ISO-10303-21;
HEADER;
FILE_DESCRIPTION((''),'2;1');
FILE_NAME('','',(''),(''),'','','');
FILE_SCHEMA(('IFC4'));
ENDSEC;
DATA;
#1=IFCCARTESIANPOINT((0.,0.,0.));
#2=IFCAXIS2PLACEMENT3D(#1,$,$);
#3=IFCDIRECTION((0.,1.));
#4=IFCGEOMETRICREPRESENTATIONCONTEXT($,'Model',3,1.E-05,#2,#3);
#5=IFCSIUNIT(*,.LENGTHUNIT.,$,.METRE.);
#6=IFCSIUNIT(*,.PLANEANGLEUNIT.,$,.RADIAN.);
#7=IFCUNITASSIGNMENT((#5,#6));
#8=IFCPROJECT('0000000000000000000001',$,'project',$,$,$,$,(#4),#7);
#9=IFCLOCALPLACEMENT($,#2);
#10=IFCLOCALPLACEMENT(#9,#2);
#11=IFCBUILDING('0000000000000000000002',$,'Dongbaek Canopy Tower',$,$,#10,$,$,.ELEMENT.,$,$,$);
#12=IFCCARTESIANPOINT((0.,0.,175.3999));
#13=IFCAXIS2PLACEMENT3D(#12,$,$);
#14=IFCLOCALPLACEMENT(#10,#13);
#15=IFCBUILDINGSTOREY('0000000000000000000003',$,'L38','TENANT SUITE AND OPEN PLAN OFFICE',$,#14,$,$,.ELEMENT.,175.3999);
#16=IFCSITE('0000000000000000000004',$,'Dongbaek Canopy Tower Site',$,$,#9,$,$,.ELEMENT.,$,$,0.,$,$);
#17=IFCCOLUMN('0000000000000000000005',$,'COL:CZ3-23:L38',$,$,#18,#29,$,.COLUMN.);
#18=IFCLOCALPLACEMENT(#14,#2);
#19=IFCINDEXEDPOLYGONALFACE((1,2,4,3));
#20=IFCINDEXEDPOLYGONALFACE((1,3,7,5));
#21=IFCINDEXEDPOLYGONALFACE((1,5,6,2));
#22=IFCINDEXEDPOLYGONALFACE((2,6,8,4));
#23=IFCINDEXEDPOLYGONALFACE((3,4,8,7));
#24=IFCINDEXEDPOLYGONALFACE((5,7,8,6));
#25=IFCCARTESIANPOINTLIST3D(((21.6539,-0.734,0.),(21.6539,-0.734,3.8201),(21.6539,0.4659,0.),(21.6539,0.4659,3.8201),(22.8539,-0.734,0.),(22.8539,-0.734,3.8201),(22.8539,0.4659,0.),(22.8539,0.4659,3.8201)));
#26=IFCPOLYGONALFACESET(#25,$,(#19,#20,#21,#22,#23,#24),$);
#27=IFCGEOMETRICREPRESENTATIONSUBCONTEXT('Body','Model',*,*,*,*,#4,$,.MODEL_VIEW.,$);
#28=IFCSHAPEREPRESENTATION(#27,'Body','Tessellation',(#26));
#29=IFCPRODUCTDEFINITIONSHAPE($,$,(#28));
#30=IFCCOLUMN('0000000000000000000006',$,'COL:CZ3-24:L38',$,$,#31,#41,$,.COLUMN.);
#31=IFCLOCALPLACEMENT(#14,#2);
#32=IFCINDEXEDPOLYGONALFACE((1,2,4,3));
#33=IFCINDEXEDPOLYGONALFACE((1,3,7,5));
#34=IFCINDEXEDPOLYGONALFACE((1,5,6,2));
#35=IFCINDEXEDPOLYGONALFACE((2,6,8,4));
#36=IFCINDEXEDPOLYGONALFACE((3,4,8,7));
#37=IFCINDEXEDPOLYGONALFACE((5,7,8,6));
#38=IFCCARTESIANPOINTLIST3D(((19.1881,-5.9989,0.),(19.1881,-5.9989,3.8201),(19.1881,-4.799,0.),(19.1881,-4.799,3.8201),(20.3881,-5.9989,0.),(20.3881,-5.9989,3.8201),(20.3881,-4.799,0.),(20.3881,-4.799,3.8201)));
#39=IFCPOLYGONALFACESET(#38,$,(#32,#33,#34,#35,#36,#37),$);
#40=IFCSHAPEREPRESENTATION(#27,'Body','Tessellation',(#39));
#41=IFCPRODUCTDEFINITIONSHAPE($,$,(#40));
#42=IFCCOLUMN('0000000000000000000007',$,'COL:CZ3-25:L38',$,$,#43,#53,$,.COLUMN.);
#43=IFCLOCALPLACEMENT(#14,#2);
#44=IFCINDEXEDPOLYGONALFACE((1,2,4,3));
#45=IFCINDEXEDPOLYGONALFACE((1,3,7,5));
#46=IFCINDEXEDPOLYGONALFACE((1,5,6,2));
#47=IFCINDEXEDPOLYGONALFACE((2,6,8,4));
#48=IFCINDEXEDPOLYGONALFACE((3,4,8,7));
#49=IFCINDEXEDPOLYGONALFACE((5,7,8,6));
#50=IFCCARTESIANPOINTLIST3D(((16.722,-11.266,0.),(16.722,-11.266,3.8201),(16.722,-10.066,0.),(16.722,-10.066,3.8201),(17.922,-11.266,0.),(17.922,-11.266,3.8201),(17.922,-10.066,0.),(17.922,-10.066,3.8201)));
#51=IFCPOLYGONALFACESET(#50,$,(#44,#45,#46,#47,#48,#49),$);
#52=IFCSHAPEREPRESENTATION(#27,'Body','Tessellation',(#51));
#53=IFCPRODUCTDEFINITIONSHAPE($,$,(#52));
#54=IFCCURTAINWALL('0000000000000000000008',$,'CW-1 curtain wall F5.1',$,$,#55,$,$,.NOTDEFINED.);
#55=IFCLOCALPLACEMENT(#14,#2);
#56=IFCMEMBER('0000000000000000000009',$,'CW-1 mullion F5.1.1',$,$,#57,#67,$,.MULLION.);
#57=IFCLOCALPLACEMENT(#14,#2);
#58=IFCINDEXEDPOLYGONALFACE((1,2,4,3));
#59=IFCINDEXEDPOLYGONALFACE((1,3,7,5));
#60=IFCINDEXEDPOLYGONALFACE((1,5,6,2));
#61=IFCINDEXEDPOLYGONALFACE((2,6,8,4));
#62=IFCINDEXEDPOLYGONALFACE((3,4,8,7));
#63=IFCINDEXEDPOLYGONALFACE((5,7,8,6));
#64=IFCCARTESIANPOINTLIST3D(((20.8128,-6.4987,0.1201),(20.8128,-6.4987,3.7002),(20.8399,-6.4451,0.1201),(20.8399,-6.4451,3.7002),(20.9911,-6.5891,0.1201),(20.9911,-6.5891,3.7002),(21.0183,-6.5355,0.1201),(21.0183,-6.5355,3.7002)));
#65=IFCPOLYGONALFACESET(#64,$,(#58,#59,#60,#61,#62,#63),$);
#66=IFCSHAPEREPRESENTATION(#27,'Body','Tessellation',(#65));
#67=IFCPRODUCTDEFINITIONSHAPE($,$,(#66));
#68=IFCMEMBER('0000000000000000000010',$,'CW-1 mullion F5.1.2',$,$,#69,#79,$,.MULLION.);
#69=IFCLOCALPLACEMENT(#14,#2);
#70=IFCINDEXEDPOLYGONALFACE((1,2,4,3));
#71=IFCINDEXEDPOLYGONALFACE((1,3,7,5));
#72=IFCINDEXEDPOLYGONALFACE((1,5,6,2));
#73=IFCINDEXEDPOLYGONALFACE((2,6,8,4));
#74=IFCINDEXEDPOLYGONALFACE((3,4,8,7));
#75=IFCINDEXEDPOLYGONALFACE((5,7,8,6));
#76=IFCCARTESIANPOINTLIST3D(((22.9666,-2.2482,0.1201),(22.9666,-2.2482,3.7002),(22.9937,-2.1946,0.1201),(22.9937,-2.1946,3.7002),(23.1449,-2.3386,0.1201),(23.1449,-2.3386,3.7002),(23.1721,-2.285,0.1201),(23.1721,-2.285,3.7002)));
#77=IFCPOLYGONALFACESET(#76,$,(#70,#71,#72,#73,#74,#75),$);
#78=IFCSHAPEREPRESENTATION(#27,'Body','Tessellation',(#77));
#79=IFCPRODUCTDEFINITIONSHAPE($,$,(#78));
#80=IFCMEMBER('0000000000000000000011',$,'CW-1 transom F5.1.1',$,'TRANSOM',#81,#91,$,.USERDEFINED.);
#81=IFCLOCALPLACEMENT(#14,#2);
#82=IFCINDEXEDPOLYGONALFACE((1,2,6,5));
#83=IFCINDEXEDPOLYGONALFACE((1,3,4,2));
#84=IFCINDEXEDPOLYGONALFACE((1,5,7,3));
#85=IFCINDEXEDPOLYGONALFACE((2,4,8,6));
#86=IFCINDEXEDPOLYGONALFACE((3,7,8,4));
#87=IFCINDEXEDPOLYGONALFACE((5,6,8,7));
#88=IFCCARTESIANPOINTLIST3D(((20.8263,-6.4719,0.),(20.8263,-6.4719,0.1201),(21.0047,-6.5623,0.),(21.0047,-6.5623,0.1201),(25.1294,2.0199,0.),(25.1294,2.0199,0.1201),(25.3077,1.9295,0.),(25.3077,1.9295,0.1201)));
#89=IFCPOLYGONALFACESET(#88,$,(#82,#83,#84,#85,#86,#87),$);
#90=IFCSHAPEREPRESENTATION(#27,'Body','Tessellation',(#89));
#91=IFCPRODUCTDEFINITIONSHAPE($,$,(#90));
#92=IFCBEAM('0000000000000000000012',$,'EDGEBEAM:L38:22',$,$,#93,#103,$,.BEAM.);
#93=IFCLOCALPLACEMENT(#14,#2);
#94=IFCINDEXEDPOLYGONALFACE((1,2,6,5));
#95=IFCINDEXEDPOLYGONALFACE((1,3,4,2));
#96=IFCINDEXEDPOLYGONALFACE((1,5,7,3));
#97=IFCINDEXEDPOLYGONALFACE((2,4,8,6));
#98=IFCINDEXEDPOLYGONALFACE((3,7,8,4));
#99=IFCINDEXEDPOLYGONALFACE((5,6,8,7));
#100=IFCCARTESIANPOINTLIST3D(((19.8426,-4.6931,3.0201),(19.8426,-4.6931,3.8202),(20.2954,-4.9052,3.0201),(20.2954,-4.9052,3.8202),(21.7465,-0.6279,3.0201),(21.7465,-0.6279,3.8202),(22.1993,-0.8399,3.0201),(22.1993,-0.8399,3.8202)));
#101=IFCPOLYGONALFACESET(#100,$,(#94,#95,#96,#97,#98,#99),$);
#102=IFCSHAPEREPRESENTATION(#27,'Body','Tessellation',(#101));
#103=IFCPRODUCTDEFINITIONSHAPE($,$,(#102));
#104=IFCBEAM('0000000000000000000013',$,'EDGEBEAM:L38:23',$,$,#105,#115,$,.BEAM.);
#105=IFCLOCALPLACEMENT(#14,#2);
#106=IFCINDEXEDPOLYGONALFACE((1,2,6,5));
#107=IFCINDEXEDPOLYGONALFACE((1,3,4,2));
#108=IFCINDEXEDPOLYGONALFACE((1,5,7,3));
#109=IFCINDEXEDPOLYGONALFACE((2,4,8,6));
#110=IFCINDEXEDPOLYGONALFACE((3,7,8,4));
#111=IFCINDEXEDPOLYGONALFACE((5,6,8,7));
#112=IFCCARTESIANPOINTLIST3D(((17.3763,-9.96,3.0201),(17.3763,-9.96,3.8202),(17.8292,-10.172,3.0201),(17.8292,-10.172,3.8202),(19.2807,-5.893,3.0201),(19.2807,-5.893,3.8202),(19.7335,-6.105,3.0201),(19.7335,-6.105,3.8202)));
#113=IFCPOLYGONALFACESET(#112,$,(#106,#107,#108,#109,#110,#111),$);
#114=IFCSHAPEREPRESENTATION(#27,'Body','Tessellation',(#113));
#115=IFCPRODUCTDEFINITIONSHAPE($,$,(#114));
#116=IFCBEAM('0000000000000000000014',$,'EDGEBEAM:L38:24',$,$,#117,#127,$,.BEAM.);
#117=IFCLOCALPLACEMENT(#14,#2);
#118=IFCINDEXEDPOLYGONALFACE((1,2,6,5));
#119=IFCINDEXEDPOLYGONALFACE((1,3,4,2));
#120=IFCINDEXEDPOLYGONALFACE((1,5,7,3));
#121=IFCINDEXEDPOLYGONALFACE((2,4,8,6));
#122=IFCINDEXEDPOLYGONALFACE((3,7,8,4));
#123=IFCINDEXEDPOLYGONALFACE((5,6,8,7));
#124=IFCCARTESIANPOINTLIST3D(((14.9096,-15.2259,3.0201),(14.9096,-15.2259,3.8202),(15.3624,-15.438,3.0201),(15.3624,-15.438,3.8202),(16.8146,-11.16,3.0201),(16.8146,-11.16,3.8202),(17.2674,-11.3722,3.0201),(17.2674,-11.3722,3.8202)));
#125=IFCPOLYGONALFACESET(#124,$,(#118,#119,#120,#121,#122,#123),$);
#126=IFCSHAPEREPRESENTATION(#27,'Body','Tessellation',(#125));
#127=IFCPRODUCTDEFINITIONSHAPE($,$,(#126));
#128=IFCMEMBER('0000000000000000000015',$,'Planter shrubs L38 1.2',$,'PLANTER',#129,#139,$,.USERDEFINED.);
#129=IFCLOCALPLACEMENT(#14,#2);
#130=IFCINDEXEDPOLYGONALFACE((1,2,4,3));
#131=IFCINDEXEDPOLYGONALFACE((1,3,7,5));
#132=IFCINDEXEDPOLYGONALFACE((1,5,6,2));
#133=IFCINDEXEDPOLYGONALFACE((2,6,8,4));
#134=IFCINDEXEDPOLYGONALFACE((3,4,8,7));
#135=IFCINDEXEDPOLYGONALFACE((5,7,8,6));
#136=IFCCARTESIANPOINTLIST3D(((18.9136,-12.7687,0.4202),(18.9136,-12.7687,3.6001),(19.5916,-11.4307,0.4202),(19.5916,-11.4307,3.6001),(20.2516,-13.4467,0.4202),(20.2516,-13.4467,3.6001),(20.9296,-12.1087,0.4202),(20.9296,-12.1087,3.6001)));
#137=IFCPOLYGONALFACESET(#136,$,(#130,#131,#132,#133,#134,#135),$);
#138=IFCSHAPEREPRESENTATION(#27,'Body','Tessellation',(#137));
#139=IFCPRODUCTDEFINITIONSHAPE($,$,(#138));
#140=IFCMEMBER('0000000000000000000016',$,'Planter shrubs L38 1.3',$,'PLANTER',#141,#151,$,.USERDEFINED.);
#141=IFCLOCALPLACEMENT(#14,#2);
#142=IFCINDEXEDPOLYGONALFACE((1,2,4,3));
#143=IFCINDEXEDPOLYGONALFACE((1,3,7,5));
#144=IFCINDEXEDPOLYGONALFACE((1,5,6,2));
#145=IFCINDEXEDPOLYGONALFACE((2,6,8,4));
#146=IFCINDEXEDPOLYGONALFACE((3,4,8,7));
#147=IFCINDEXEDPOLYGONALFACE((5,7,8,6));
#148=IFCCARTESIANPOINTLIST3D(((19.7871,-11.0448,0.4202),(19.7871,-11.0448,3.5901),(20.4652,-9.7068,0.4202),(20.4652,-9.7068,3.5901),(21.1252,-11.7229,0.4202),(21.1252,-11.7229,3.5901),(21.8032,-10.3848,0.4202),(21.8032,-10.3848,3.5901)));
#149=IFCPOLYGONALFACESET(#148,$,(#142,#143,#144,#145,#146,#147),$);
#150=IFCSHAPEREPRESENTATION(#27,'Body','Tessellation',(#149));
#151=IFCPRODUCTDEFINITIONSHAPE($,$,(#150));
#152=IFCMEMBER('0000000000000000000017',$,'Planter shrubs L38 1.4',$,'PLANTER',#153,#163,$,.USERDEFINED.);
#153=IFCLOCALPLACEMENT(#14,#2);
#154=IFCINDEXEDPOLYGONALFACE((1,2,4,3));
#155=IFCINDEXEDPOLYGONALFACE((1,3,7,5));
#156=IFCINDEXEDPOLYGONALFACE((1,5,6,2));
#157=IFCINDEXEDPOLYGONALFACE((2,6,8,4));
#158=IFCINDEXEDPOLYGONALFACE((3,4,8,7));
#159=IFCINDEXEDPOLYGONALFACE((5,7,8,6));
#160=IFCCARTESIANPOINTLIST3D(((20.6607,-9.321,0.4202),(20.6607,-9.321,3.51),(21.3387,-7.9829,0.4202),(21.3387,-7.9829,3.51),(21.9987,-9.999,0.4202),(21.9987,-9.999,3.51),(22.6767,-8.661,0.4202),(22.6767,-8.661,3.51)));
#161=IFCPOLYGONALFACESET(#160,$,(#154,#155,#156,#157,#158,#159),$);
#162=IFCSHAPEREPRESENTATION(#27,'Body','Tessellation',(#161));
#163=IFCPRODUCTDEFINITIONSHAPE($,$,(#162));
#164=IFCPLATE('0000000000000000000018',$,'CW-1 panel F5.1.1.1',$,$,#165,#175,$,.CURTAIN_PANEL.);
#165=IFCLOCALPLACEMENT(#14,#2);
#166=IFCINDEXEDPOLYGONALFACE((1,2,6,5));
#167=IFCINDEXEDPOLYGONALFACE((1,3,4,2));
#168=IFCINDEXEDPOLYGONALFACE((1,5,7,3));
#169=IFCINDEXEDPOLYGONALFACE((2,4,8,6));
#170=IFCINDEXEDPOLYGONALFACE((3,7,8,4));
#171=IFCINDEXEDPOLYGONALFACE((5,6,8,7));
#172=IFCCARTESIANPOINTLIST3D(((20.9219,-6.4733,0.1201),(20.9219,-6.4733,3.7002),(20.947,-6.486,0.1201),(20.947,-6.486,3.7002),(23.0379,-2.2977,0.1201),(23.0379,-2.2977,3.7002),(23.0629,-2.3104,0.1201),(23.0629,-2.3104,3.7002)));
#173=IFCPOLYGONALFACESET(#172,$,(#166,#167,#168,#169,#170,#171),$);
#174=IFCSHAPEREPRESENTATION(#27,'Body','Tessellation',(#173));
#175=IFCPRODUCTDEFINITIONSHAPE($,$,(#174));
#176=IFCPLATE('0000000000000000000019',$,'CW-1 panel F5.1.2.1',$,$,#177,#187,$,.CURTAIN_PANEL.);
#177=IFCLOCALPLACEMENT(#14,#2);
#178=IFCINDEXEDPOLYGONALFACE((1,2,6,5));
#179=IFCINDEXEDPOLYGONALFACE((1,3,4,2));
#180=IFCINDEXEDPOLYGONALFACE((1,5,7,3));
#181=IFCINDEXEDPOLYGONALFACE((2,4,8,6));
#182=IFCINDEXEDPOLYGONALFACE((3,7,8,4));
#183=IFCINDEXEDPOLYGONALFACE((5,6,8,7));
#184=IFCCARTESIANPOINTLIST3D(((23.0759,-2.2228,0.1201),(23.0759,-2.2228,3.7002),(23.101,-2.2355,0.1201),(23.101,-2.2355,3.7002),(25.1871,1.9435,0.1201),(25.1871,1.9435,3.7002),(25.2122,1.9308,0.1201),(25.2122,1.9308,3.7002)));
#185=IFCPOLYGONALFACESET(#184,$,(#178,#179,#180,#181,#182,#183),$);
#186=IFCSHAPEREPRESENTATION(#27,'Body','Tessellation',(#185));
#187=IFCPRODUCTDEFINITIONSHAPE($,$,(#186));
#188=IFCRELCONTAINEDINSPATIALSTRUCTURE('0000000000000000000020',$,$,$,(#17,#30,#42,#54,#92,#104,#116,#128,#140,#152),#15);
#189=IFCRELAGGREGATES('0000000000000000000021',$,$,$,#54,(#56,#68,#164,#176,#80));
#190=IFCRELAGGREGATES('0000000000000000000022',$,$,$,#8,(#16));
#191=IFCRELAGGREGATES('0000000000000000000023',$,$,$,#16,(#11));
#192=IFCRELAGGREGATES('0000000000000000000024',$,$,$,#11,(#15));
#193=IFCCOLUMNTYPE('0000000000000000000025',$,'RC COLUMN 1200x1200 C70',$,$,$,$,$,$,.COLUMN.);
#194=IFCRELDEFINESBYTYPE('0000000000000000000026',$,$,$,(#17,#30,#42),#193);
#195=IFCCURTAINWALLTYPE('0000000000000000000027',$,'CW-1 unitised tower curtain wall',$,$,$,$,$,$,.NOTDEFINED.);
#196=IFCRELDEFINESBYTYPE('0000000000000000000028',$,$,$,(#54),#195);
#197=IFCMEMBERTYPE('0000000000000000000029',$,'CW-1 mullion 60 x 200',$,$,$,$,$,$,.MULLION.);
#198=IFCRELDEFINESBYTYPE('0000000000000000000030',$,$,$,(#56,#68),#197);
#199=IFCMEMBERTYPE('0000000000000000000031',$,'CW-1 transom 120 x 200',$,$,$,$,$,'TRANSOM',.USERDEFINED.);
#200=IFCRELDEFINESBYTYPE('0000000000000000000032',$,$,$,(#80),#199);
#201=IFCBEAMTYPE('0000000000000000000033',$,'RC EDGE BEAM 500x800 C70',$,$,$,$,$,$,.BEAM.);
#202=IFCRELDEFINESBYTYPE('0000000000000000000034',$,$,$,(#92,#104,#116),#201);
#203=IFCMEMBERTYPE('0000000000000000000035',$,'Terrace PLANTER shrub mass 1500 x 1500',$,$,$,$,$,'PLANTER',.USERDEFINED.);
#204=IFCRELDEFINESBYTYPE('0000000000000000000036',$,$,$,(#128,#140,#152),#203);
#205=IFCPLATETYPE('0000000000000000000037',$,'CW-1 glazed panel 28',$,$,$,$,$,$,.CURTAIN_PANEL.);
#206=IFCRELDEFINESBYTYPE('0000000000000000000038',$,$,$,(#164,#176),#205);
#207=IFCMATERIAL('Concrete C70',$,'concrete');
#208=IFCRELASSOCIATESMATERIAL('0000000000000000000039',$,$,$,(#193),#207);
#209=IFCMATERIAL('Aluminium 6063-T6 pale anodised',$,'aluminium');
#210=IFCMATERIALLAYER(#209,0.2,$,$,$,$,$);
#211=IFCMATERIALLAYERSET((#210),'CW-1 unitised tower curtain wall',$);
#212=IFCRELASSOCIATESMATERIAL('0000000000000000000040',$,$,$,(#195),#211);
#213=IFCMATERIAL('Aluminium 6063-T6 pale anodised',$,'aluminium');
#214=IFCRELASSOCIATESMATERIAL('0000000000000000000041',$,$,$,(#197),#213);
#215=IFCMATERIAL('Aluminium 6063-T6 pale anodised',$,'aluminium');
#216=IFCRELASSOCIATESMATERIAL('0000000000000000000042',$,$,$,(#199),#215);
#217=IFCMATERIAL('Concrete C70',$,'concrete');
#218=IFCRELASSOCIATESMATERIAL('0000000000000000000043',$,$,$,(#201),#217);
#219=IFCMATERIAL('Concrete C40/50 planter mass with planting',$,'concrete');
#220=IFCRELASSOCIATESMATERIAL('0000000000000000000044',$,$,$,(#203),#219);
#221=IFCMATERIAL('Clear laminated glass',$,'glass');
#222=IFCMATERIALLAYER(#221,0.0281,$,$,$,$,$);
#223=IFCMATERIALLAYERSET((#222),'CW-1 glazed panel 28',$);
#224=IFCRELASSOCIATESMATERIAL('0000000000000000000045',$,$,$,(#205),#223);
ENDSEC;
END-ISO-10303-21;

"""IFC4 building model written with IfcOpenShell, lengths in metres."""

from ifc_helpers import new_model, si_unit, direction, frame, origin, origin_2d, place, context, subcontext, project, spatial, rectangle, extrude, material, layer, layer_set, material_profile, profile_set, type_object, element, aggregate, save


model = new_model("IFC4")

# Units and contexts
model_context = context("Model", 3, precision=1e-05, world=origin(), true_north=direction((0.0, 1.0)))
body_context = subcontext(model_context, "Body", "Model", "MODEL_VIEW")
ifc_project = project(units=[si_unit("LENGTHUNIT", "METRE"), si_unit("PLANEANGLEUNIT", "RADIAN")], contexts=[model_context])

# Site, building, storey
site_placement = place(None, origin())
site = spatial("IfcSite", under=ifc_project, at=site_placement, Name="Dongbaek Canopy Tower Site", CompositionType="ELEMENT", RefElevation=0.0)
building_placement = place(site_placement, origin())
building = spatial("IfcBuilding", under=site, at=building_placement, Name="Dongbaek Canopy Tower", CompositionType="ELEMENT")
storey_placement = place(building_placement, frame((0.0, 0.0, 175.3999)))
storey = spatial("IfcBuildingStorey", under=building, at=storey_placement, Name="L38", Description="TENANT SUITE AND OPEN PLAN OFFICE", CompositionType="ELEMENT", Elevation=175.3999)

# Columns
ifc_material_1 = material(Name="Concrete C70", Category="concrete")
ifc_material_profile_1 = material_profile(ifc_material_1, rectangle(XDim=1.2, YDim=1.2, at=origin_2d()), Name="RC COLUMN 1200x1200 C70")
ifc_profile_set_1 = profile_set([ifc_material_profile_1], Name="Concrete C70")
column_type = type_object("IfcColumnType", Name="RC COLUMN 1200x1200 C70", PredefinedType="COLUMN", material=ifc_profile_set_1)
for number, where, z_axis, x_axis, name in (
    (1, (22.2539, -0.134, 0.0), (0.0, 0.0, 1.0), (1.0, 0.0, 0.0), "COL:CZ3-23:L38"),
    (2, (19.7881, -5.3989, 0.0), (0.0, 0.0, 1.0), (1.0, 0.0, 0.0), "COL:CZ3-24:L38"),
    (3, (17.322, -10.666, 0.0), (0.0, 0.0, 1.0), (1.0, 0.0, 0.0), "COL:CZ3-25:L38"),
):
    element("IfcColumn", number, at=place(storey_placement, frame(where, z_axis=z_axis, x_axis=x_axis)), inside=storey, type_object=column_type, Name=name, PredefinedType="COLUMN", context=body_context, shape_type="SweptSolid", body=[
        extrude(rectangle(XDim=1.2, YDim=1.2, at=origin_2d()), origin(), (0.0, 0.0, 1.0), 3.8201),
    ])

# Curtain wall, members
ifc_material_2 = material(Name="Aluminium 6063-T6 pale anodised", Category="aluminium")
ifc_layer_1 = layer(ifc_material_2, 0.2)
ifc_layer_set_1 = layer_set([ifc_layer_1], Name="CW-1 unitised tower curtain wall")
curtain_wall_type = type_object("IfcCurtainWallType", Name="CW-1 unitised tower curtain wall", PredefinedType="NOTDEFINED", material=ifc_layer_set_1)
curtain_wall_placement = place(storey_placement, origin())
curtain_wall = element("IfcCurtainWall", 4, at=curtain_wall_placement, inside=storey, type_object=curtain_wall_type, Name="CW-1 curtain wall F5.1", PredefinedType="NOTDEFINED")
ifc_material_3 = material(Name="Aluminium 6063-T6 pale anodised", Category="aluminium")
ifc_material_profile_2 = material_profile(ifc_material_3, rectangle(XDim=0.2, YDim=0.0601, at=origin_2d()), Name="CW-1 mullion 60 x 200")
ifc_profile_set_2 = profile_set([ifc_material_profile_2], Name="Aluminium 6063-T6 pale anodised")
member_type_1 = type_object("IfcMemberType", Name="CW-1 mullion 60 x 200", PredefinedType="MULLION", material=ifc_profile_set_2)
member_1_placement = place(storey_placement, frame((20.9155, -6.5171, 0.1201), z_axis=(0.0, 0.0, 1.0), x_axis=(0.892013, -0.452009, 0.0)))
member_1 = element("IfcMember", 5, at=member_1_placement, type_object=member_type_1, Name="CW-1 mullion F5.1.1", PredefinedType="MULLION", context=body_context, shape_type="SweptSolid", body=[
    extrude(rectangle(XDim=0.2, YDim=0.0601, at=origin_2d()), origin(), (0.0, 0.0, 1.0), 3.5801),
])
member_2_placement = place(storey_placement, frame((23.0693, -2.2666, 0.1201), z_axis=(0.0, 0.0, 1.0), x_axis=(0.892013, -0.452009, 0.0)))
member_2 = element("IfcMember", 6, at=member_2_placement, type_object=member_type_1, Name="CW-1 mullion F5.1.2", PredefinedType="MULLION", context=body_context, shape_type="SweptSolid", body=[
    extrude(rectangle(XDim=0.2, YDim=0.0601, at=origin_2d()), origin(), (0.0, 0.0, 1.0), 3.5801),
])
ifc_material_4 = material(Name="Aluminium 6063-T6 pale anodised", Category="aluminium")
ifc_material_profile_3 = material_profile(ifc_material_4, rectangle(XDim=0.2, YDim=0.1201, at=origin_2d()), Name="CW-1 transom 120 x 200")
ifc_profile_set_3 = profile_set([ifc_material_profile_3], Name="Aluminium 6063-T6 pale anodised")
member_type_2 = type_object("IfcMemberType", Name="CW-1 transom 120 x 200", ElementType="TRANSOM", PredefinedType="USERDEFINED", material=ifc_profile_set_3)
member_3_placement = place(storey_placement, frame((20.9155, -6.5171, 0.0601), z_axis=(0.452008, 0.892014, 0.0), x_axis=(-0.892014, 0.452008, 0.0)))
member_3 = element("IfcMember", 7, at=member_3_placement, type_object=member_type_2, Name="CW-1 transom F5.1.1", ObjectType="TRANSOM", PredefinedType="USERDEFINED", context=body_context, shape_type="SweptSolid", body=[
    extrude(rectangle(XDim=0.2, YDim=0.1201, at=origin_2d()), origin(), (0.0, 0.0, 1.0), 9.5198),
])

# Beams
ifc_material_5 = material(Name="Concrete C70", Category="concrete")
ifc_material_profile_4 = material_profile(ifc_material_5, rectangle(XDim=0.5, YDim=0.8, at=origin_2d()), Name="RC EDGE BEAM 500x800 C70")
ifc_profile_set_4 = profile_set([ifc_material_profile_4], Name="Concrete C70")
beam_type = type_object("IfcBeamType", Name="RC EDGE BEAM 500x800 C70", PredefinedType="BEAM", material=ifc_profile_set_4)
beam_1_placement = place(storey_placement, frame((21.9729, -0.7339, 3.4202), z_axis=(-0.424115, -0.905608, 0.0), x_axis=(0.905608, -0.424115, 0.0)))
element("IfcBeam", 8, at=beam_1_placement, inside=storey, type_object=beam_type, Name="EDGEBEAM:L38:22", PredefinedType="BEAM", context=body_context, shape_type="SweptSolid", body=[
    extrude(rectangle(XDim=0.5, YDim=0.8, at=origin_2d()), origin(), (0.0, 0.0, 1.0), 4.489),
])
beam_2_placement = place(storey_placement, frame((19.5071, -5.999, 3.4202), z_axis=(-0.424058, -0.905635, 0.0), x_axis=(0.905635, -0.424058, 0.0)))
element("IfcBeam", 9, at=beam_2_placement, inside=storey, type_object=beam_type, Name="EDGEBEAM:L38:23", PredefinedType="BEAM", context=body_context, shape_type="SweptSolid", body=[
    extrude(rectangle(XDim=0.5, YDim=0.8, at=origin_2d()), origin(), (0.0, 0.0, 1.0), 4.4907),
])
beam_3_placement = place(storey_placement, frame((17.041, -11.2661, 3.4202), z_axis=(-0.424275, -0.905533, 0.0), x_axis=(0.905533, -0.424275, 0.0)))
element("IfcBeam", 10, at=beam_3_placement, inside=storey, type_object=beam_type, Name="EDGEBEAM:L38:24", PredefinedType="BEAM", context=body_context, shape_type="SweptSolid", body=[
    extrude(rectangle(XDim=0.5, YDim=0.8, at=origin_2d()), origin(), (0.0, 0.0, 1.0), 4.49),
])

# Members
ifc_material_6 = material(Name="Concrete C40/50 planter mass with planting", Category="concrete")
ifc_material_profile_5 = material_profile(ifc_material_6, rectangle(XDim=1.5, YDim=1.5, at=origin_2d()), Name="Terrace PLANTER shrub mass 1500 x 1500")
ifc_profile_set_5 = profile_set([ifc_material_profile_5], Name="Concrete C40/50 planter mass with planting")
member_type_3 = type_object("IfcMemberType", Name="Terrace PLANTER shrub mass 1500 x 1500", ElementType="PLANTER", PredefinedType="USERDEFINED", material=ifc_profile_set_5)
member_4_placement = place(storey_placement, frame((19.9216, -12.4387, 0.4202), z_axis=(0.0, 0.0, 1.0), x_axis=(0.892013, -0.452009, 0.0)))
element("IfcMember", 11, at=member_4_placement, inside=storey, type_object=member_type_3, Name="Planter shrubs L38 1.2", ObjectType="PLANTER", PredefinedType="USERDEFINED", context=body_context, shape_type="SweptSolid", body=[
    extrude(rectangle(XDim=1.5, YDim=1.5, at=origin_2d()), origin(), (0.0, 0.0, 1.0), 3.1799),
])
member_5_placement = place(storey_placement, frame((20.7952, -10.7148, 0.4202), z_axis=(0.0, 0.0, 1.0), x_axis=(0.892013, -0.452009, 0.0)))
element("IfcMember", 12, at=member_5_placement, inside=storey, type_object=member_type_3, Name="Planter shrubs L38 1.3", ObjectType="PLANTER", PredefinedType="USERDEFINED", context=body_context, shape_type="SweptSolid", body=[
    extrude(rectangle(XDim=1.5, YDim=1.5, at=origin_2d()), origin(), (0.0, 0.0, 1.0), 3.1699),
])
member_6_placement = place(storey_placement, frame((21.6687, -8.991, 0.4202), z_axis=(0.0, 0.0, 1.0), x_axis=(0.892013, -0.452009, 0.0)))
element("IfcMember", 13, at=member_6_placement, inside=storey, type_object=member_type_3, Name="Planter shrubs L38 1.4", ObjectType="PLANTER", PredefinedType="USERDEFINED", context=body_context, shape_type="SweptSolid", body=[
    extrude(rectangle(XDim=1.5, YDim=1.5, at=origin_2d()), origin(), (0.0, 0.0, 1.0), 3.0898),
])

# Plates
ifc_material_7 = material(Name="Clear laminated glass", Category="glass")
ifc_layer_2 = layer(ifc_material_7, 0.0281)
ifc_layer_set_2 = layer_set([ifc_layer_2], Name="CW-1 glazed panel 28")
plate_type = type_object("IfcPlateType", Name="CW-1 glazed panel 28", PredefinedType="CURTAIN_PANEL", material=ifc_layer_set_2)
plate_1_placement = place(storey_placement, frame((21.9924, -4.3918, 0.1201), z_axis=(0.0, 0.0, 1.0), x_axis=(0.452009, 0.892013, 0.0)))
plate_1 = element("IfcPlate", 14, at=plate_1_placement, type_object=plate_type, Name="CW-1 panel F5.1.1.1", PredefinedType="CURTAIN_PANEL", context=body_context, shape_type="SweptSolid", body=[
    extrude(rectangle(XDim=4.6812, YDim=0.0281, at=origin_2d()), origin(), (0.0, 0.0, 1.0), 3.5801),
])
plate_2_placement = place(storey_placement, frame((24.144, -0.146, 0.1201), z_axis=(0.0, 0.0, 1.0), x_axis=(0.452009, 0.892013, 0.0)))
plate_2 = element("IfcPlate", 15, at=plate_2_placement, type_object=plate_type, Name="CW-1 panel F5.1.2.1", PredefinedType="CURTAIN_PANEL", context=body_context, shape_type="SweptSolid", body=[
    extrude(rectangle(XDim=4.6707, YDim=0.0281, at=origin_2d()), origin(), (0.0, 0.0, 1.0), 3.5801),
])

aggregate(curtain_wall, [member_1, member_2, plate_1, plate_2, member_3])

save(model, "model.ifc")
